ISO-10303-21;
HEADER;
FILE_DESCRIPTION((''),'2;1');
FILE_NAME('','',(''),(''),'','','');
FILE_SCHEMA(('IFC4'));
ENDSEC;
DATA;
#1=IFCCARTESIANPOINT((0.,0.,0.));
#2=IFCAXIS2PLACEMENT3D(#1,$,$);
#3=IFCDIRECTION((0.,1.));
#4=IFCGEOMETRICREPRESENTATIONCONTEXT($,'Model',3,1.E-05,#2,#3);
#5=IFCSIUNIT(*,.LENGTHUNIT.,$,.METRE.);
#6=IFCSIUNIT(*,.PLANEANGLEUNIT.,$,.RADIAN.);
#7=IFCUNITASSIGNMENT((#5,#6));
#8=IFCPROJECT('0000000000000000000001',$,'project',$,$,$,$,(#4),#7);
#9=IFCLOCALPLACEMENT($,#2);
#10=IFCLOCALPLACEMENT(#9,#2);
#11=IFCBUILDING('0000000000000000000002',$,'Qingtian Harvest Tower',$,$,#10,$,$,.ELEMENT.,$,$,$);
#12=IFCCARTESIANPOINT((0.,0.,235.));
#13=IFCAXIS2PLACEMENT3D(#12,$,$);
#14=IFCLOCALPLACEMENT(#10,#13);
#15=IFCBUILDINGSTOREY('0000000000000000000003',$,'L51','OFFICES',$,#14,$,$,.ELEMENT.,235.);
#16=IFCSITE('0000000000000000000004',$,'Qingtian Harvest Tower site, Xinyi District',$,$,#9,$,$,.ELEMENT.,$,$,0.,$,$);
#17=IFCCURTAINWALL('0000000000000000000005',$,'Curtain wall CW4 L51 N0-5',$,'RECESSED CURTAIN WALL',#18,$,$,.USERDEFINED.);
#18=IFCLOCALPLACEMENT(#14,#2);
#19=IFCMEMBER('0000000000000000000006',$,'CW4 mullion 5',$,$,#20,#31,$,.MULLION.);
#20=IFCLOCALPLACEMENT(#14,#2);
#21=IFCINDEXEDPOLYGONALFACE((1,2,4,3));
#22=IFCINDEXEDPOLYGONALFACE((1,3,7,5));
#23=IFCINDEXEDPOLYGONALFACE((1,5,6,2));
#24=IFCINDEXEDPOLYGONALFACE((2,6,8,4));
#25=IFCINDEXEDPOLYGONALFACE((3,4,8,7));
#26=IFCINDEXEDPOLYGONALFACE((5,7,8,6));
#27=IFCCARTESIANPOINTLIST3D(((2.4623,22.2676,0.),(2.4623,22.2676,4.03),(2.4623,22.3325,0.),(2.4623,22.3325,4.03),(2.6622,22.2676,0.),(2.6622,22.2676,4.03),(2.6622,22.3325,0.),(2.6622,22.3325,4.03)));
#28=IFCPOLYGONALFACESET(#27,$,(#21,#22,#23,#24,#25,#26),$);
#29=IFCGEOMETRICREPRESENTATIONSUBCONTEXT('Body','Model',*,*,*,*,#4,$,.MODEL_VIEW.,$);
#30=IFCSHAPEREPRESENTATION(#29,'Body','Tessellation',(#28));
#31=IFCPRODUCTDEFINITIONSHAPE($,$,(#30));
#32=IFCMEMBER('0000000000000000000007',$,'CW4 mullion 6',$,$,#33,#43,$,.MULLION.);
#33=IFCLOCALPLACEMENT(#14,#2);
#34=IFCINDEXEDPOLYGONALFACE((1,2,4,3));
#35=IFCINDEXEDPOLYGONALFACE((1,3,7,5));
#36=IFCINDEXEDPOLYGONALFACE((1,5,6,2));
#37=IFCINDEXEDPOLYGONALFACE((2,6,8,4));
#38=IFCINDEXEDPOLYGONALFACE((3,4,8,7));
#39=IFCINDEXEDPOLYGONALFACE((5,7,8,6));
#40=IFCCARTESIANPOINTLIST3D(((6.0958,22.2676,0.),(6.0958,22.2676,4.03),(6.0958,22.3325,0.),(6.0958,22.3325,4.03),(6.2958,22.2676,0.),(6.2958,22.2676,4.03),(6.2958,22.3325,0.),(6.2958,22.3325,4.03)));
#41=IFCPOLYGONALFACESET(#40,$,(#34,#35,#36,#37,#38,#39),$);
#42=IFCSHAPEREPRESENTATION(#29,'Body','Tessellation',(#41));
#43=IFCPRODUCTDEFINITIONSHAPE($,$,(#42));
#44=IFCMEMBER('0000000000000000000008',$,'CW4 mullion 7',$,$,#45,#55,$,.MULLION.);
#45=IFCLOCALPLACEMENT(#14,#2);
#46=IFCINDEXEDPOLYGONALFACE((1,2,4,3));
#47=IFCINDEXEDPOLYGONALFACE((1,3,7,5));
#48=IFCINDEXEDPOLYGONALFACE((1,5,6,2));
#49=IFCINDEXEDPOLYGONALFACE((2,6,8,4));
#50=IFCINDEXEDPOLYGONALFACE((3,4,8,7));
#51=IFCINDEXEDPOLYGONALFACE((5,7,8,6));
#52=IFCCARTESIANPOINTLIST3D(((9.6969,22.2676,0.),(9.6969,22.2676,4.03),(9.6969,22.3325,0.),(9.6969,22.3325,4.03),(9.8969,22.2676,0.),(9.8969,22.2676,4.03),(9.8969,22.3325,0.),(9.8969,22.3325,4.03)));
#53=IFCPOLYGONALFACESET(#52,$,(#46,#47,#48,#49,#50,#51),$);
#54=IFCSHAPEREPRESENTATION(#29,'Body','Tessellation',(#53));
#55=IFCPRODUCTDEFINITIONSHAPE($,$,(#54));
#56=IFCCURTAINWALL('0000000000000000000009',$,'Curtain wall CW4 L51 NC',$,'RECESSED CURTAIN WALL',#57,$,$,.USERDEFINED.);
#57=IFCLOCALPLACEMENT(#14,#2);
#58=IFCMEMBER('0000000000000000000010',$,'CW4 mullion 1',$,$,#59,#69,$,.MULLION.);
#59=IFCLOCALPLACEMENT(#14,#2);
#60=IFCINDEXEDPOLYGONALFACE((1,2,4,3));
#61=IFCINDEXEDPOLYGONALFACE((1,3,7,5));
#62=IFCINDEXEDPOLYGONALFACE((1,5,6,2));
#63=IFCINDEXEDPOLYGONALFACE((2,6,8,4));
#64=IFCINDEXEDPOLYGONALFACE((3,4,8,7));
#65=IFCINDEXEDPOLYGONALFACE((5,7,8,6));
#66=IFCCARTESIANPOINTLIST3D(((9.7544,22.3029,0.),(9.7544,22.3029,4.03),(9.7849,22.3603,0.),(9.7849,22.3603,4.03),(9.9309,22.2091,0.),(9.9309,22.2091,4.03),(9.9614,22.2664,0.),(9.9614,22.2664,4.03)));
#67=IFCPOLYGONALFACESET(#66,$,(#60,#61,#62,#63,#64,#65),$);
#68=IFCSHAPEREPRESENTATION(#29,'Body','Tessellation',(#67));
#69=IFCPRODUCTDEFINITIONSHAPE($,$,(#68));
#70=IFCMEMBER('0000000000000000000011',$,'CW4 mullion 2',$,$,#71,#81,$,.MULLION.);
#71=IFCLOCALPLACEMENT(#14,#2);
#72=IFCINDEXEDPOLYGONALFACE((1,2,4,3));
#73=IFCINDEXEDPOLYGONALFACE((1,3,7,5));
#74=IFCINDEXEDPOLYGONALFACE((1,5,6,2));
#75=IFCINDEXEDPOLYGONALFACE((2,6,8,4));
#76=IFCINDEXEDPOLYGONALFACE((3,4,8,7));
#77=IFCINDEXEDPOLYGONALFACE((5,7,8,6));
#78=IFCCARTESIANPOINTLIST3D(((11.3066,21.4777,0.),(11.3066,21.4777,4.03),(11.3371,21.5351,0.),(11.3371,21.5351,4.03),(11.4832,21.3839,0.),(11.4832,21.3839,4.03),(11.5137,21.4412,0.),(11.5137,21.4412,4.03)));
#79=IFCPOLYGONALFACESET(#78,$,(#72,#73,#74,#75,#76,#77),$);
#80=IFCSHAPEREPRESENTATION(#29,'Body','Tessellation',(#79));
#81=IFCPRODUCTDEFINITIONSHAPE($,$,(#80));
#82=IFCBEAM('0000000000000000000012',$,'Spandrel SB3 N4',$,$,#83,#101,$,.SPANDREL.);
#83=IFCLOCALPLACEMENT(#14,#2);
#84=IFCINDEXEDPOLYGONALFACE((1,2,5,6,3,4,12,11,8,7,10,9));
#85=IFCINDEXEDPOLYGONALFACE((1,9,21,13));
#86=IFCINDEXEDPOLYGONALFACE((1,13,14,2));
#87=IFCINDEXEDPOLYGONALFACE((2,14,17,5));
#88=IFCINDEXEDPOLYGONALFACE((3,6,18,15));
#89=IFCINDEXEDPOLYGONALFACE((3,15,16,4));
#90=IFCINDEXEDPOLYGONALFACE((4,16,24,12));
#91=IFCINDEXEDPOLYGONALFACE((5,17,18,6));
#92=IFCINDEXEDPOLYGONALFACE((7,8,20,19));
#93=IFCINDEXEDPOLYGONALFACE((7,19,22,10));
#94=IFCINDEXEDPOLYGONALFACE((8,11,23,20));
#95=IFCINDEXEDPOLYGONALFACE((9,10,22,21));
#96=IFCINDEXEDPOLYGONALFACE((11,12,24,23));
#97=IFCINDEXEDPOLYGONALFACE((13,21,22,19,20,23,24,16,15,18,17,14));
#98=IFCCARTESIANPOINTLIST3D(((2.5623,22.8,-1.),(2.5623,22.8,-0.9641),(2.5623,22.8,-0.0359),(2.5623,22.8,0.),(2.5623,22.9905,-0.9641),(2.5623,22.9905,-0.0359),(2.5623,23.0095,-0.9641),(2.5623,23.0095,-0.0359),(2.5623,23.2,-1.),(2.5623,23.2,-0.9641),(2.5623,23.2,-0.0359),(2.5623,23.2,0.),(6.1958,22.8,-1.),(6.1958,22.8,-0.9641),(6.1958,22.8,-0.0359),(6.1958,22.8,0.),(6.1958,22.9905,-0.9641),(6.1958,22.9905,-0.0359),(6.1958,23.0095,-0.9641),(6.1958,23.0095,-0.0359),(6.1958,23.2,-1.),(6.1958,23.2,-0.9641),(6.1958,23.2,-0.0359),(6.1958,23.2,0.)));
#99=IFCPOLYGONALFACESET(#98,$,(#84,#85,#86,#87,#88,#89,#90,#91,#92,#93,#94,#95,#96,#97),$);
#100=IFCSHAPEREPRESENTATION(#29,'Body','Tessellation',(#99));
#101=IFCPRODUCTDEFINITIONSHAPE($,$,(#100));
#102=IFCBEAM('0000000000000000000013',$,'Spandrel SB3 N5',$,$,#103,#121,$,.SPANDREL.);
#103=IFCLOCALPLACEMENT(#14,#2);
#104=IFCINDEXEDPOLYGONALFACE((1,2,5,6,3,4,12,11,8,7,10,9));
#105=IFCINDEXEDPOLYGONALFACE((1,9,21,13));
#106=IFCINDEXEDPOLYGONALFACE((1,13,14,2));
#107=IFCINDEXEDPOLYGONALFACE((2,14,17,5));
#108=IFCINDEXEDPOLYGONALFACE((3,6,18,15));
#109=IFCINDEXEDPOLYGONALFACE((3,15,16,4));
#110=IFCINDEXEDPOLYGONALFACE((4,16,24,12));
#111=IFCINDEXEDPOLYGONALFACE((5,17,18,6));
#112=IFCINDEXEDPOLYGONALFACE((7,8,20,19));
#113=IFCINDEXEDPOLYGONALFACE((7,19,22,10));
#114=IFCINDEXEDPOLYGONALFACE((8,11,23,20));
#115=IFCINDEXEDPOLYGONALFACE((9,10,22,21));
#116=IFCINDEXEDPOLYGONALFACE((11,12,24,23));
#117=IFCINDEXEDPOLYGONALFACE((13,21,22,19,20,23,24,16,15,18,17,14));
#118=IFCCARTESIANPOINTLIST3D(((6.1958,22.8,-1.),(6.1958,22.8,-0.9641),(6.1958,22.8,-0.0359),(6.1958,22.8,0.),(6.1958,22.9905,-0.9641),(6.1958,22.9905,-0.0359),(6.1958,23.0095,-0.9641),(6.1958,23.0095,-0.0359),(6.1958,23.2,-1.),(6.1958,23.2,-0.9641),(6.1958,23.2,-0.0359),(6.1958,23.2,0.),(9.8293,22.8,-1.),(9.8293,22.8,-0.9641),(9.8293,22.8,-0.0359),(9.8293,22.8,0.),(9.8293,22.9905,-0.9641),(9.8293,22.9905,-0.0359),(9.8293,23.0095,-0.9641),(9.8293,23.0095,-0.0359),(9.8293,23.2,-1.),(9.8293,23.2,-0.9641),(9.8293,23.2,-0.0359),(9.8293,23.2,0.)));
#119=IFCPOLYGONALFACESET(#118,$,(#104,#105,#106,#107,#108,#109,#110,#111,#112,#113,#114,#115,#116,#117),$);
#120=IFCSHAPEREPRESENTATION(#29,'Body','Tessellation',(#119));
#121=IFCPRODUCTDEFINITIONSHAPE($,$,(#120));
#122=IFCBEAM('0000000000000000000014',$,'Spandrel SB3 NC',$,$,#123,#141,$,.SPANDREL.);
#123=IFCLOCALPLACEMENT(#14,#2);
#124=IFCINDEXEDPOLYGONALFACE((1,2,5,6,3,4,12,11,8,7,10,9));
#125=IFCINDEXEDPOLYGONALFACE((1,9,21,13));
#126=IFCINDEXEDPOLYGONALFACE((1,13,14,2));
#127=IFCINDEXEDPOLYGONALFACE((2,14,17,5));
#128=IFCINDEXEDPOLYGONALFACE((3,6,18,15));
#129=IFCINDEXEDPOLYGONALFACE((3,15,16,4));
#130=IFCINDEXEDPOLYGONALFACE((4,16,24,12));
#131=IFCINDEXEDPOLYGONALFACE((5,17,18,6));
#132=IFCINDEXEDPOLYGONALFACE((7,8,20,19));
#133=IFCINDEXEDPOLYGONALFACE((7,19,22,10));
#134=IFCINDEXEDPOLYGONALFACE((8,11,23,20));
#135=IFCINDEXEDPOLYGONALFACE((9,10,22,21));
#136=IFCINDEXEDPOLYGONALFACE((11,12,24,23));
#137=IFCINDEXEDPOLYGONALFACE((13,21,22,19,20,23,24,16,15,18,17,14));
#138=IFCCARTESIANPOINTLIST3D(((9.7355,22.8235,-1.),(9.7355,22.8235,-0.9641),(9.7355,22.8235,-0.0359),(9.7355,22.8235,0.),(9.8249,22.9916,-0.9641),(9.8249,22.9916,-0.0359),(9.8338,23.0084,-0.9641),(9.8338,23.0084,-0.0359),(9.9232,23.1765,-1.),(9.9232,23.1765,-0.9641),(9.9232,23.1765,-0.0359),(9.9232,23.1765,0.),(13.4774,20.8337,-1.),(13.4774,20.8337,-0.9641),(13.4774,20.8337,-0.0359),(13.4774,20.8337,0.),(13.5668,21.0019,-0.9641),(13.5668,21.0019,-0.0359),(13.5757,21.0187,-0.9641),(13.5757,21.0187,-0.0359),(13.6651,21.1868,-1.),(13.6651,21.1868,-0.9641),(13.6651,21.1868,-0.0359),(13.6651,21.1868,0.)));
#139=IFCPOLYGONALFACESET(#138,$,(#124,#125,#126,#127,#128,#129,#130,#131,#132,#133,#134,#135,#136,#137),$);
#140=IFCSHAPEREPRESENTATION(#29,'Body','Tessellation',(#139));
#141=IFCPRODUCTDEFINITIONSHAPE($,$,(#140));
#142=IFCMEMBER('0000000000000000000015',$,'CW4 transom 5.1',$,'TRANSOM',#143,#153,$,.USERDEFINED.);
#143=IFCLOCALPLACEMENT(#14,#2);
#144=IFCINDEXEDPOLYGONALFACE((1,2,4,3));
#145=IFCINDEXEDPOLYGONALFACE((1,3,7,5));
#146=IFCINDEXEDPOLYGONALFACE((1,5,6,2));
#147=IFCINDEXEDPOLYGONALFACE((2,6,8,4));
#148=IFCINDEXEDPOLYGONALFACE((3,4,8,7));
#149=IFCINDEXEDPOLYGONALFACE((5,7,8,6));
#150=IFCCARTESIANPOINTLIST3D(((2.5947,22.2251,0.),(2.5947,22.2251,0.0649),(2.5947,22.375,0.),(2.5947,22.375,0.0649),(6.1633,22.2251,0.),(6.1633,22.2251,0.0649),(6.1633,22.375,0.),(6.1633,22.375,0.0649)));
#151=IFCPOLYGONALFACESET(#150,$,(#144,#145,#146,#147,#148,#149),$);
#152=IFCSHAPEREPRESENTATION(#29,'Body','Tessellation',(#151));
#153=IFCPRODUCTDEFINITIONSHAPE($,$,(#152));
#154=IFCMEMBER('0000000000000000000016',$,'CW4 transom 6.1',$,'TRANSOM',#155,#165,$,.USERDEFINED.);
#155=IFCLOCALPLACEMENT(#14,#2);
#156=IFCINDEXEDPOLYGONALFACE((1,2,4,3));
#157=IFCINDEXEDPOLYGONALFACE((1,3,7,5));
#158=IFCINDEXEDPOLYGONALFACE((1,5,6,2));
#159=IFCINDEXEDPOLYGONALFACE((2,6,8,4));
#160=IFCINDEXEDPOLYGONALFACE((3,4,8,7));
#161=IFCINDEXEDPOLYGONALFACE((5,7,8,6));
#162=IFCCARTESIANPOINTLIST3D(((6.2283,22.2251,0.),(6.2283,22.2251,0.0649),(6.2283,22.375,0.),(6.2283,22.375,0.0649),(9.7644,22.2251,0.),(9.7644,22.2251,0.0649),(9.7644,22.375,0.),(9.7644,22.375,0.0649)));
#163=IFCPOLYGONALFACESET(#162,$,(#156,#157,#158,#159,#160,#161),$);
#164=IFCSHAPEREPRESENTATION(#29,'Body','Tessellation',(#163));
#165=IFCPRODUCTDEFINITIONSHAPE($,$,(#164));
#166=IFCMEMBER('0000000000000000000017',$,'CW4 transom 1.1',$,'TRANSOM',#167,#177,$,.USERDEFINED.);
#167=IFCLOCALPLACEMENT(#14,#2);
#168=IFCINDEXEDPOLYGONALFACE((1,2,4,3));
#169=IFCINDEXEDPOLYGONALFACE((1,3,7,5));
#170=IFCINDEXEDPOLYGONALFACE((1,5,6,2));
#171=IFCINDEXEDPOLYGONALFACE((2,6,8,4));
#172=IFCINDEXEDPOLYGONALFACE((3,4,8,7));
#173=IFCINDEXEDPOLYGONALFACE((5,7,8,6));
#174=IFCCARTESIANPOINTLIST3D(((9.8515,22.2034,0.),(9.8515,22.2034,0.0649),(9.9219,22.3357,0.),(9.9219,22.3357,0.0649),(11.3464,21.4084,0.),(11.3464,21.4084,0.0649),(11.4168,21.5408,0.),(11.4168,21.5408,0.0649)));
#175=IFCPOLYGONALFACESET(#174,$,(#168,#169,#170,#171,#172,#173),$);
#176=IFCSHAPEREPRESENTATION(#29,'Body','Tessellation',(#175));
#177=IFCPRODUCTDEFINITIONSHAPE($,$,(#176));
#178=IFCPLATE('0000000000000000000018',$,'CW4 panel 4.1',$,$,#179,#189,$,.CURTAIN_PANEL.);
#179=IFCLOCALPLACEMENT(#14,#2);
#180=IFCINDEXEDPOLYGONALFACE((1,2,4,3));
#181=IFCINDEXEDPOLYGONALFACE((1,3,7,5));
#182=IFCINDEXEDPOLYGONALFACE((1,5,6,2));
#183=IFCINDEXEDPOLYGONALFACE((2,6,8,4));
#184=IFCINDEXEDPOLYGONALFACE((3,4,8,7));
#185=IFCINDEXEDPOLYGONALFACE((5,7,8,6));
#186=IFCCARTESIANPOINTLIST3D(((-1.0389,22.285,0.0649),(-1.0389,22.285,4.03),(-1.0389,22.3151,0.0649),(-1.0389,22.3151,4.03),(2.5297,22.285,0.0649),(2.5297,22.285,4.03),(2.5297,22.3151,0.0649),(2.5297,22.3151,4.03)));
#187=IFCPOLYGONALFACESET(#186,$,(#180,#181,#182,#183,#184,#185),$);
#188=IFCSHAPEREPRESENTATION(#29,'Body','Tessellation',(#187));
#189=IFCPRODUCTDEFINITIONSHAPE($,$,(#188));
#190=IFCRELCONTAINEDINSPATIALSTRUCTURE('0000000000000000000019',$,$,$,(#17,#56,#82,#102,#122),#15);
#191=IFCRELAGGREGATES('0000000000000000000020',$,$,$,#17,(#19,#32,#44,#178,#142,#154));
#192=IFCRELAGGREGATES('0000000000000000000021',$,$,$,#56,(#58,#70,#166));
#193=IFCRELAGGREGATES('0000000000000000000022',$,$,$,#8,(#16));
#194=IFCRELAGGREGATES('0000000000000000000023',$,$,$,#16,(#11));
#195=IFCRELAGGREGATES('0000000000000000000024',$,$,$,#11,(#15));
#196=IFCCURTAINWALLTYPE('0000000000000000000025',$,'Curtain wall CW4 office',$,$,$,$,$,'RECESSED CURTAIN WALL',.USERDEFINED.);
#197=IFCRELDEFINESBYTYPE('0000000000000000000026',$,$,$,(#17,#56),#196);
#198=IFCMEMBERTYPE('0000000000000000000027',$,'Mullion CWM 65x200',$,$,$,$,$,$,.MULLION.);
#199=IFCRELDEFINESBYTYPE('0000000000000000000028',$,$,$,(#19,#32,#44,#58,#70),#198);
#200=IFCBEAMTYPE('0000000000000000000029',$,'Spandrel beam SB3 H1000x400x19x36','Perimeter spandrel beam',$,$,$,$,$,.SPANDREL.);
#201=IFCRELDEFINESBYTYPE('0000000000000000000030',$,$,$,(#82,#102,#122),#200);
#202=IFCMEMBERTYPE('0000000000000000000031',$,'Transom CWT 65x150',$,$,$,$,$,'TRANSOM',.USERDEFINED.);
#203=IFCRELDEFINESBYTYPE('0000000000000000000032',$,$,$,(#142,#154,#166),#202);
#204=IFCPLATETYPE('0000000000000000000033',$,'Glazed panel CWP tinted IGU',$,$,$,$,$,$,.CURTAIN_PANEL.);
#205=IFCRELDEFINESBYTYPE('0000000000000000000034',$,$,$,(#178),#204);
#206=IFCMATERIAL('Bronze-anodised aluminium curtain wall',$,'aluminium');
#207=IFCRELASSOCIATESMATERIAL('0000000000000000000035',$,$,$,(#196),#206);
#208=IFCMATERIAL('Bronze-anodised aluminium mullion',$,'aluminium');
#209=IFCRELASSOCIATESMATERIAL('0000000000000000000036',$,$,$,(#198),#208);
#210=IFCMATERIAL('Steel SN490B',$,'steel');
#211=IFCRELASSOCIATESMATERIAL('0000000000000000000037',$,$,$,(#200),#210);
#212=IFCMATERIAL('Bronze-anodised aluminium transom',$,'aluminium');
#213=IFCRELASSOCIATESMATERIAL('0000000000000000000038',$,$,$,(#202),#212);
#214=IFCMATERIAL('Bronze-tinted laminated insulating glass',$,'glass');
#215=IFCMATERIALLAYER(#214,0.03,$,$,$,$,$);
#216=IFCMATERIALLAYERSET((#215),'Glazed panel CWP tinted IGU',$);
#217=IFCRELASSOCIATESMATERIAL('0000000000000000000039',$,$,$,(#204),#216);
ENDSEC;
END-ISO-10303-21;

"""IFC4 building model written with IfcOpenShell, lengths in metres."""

from ifc_helpers import new_model, si_unit, direction, frame, origin, origin_2d, place, context, subcontext, project, spatial, rectangle, i_section, extrude, material, layer, layer_set, material_profile, profile_set, type_object, element, aggregate, save


model = new_model("IFC4")

# Units and contexts
model_context = context("Model", 3, precision=1e-05, world=origin(), true_north=direction((0.0, 1.0)))
body_context = subcontext(model_context, "Body", "Model", "MODEL_VIEW")
ifc_project = project(units=[si_unit("LENGTHUNIT", "METRE"), si_unit("PLANEANGLEUNIT", "RADIAN")], contexts=[model_context])

# Site, building, storey
site_placement = place(None, origin())
site = spatial("IfcSite", under=ifc_project, at=site_placement, Name="Qingtian Harvest Tower site, Xinyi District", CompositionType="ELEMENT", RefElevation=0.0)
building_placement = place(site_placement, origin())
building = spatial("IfcBuilding", under=site, at=building_placement, Name="Qingtian Harvest Tower", CompositionType="ELEMENT")
storey_placement = place(building_placement, frame((0.0, 0.0, 235.0)))
storey = spatial("IfcBuildingStorey", under=building, at=storey_placement, Name="L51", Description="OFFICES", CompositionType="ELEMENT", Elevation=235.0)

# Curtain walls, members
ifc_material_1 = material(Name="Bronze-anodised aluminium curtain wall", Category="aluminium")
curtain_wall_type = type_object("IfcCurtainWallType", Name="Curtain wall CW4 office", ElementType="RECESSED CURTAIN WALL", PredefinedType="USERDEFINED", material=ifc_material_1)
curtain_wall_1_placement = place(storey_placement, origin())
curtain_wall_1 = element("IfcCurtainWall", 1, at=curtain_wall_1_placement, inside=storey, type_object=curtain_wall_type, Name="Curtain wall CW4 L51 N0-5", ObjectType="RECESSED CURTAIN WALL", PredefinedType="USERDEFINED")
ifc_material_2 = material(Name="Bronze-anodised aluminium mullion", Category="aluminium")
ifc_material_profile_1 = material_profile(ifc_material_2, rectangle(XDim=0.0649, YDim=0.2, at=origin_2d()), Name="AL 65x200")
ifc_profile_set_1 = profile_set([ifc_material_profile_1], Name="Bronze-anodised aluminium mullion")
member_type_1 = type_object("IfcMemberType", Name="Mullion CWM 65x200", PredefinedType="MULLION", material=ifc_profile_set_1)
member_1_placement = place(storey_placement, frame((2.5623, 22.3, 0.0), z_axis=(0.0, 0.0, 1.0), x_axis=(0.0, 1.0, 0.0)))
member_1 = element("IfcMember", 2, at=member_1_placement, type_object=member_type_1, Name="CW4 mullion 5", PredefinedType="MULLION", context=body_context, shape_type="SweptSolid", body=[
    extrude(rectangle(XDim=0.0649, YDim=0.2, at=origin_2d()), origin(), (0.0, 0.0, 1.0), 4.03),
])
member_2_placement = place(storey_placement, frame((6.1958, 22.3, 0.0), z_axis=(0.0, 0.0, 1.0), x_axis=(0.0, 1.0, 0.0)))
member_2 = element("IfcMember", 3, at=member_2_placement, type_object=member_type_1, Name="CW4 mullion 6", PredefinedType="MULLION", context=body_context, shape_type="SweptSolid", body=[
    extrude(rectangle(XDim=0.0649, YDim=0.2, at=origin_2d()), origin(), (0.0, 0.0, 1.0), 4.03),
])
member_3_placement = place(storey_placement, frame((9.7969, 22.3, 0.0), z_axis=(0.0, 0.0, 1.0), x_axis=(0.0, 1.0, 0.0)))
member_3 = element("IfcMember", 4, at=member_3_placement, type_object=member_type_1, Name="CW4 mullion 7", PredefinedType="MULLION", context=body_context, shape_type="SweptSolid", body=[
    extrude(rectangle(XDim=0.0649, YDim=0.2, at=origin_2d()), origin(), (0.0, 0.0, 1.0), 4.03),
])
curtain_wall_2_placement = place(storey_placement, origin())
curtain_wall_2 = element("IfcCurtainWall", 5, at=curtain_wall_2_placement, inside=storey, type_object=curtain_wall_type, Name="Curtain wall CW4 L51 NC", ObjectType="RECESSED CURTAIN WALL", PredefinedType="USERDEFINED")
member_4_placement = place(storey_placement, frame((9.8579, 22.2847, 0.0), z_axis=(0.0, 0.0, 1.0), x_axis=(0.469472, 0.882948, 0.0)))
member_4 = element("IfcMember", 6, at=member_4_placement, type_object=member_type_1, Name="CW4 mullion 1", PredefinedType="MULLION", context=body_context, shape_type="SweptSolid", body=[
    extrude(rectangle(XDim=0.0649, YDim=0.2, at=origin_2d()), origin(), (0.0, 0.0, 1.0), 4.03),
])
member_5_placement = place(storey_placement, frame((11.4102, 21.4595, 0.0), z_axis=(0.0, 0.0, 1.0), x_axis=(0.469472, 0.882948, 0.0)))
member_5 = element("IfcMember", 7, at=member_5_placement, type_object=member_type_1, Name="CW4 mullion 2", PredefinedType="MULLION", context=body_context, shape_type="SweptSolid", body=[
    extrude(rectangle(XDim=0.0649, YDim=0.2, at=origin_2d()), origin(), (0.0, 0.0, 1.0), 4.03),
])

# Beams
ifc_material_3 = material(Name="Steel SN490B", Category="steel")
ifc_material_profile_2 = material_profile(ifc_material_3, i_section(OverallWidth=0.3999, OverallDepth=1.0, WebThickness=0.019, FlangeThickness=0.0359, at=origin_2d()), Name="H1000x400x19x36")
ifc_profile_set_2 = profile_set([ifc_material_profile_2], Name="Steel SN490B")
beam_type_1 = type_object("IfcBeamType", Name="Spandrel beam SB3 H1000x400x19x36", Description="Perimeter spandrel beam", PredefinedType="SPANDREL", material=ifc_profile_set_2)
for number, where, z_axis, x_axis, name in (
    (8, (2.5623, 23.0, -0.5), (1.0, 0.0, 0.0), (0.0, 1.0, 0.0), "Spandrel SB3 N4"),
    (9, (6.1958, 23.0, -0.5), (1.0, 0.0, 0.0), (0.0, 1.0, 0.0), "Spandrel SB3 N5"),
):
    element("IfcBeam", number, at=place(storey_placement, frame(where, z_axis=z_axis, x_axis=x_axis)), inside=storey, type_object=beam_type_1, Name=name, PredefinedType="SPANDREL", context=body_context, shape_type="SweptSolid", body=[
        extrude(i_section(OverallWidth=0.3999, OverallDepth=1.0, WebThickness=0.019, FlangeThickness=0.0359, at=origin_2d()), origin(), (0.0, 0.0, 1.0), 3.6335),
    ])
beam_1_placement = place(storey_placement, frame((9.8293, 23.0, -0.5), z_axis=(0.882936, -0.469494, 0.0), x_axis=(0.469494, 0.882936, 0.0)))
element("IfcBeam", 10, at=beam_1_placement, inside=storey, type_object=beam_type_1, Name="Spandrel SB3 NC", PredefinedType="SPANDREL", context=body_context, shape_type="SweptSolid", body=[
    extrude(i_section(OverallWidth=0.3999, OverallDepth=1.0, WebThickness=0.019, FlangeThickness=0.0359, at=origin_2d()), origin(), (0.0, 0.0, 1.0), 4.238),
])

# Members
ifc_material_4 = material(Name="Bronze-anodised aluminium transom", Category="aluminium")
ifc_material_profile_3 = material_profile(ifc_material_4, rectangle(XDim=0.1499, YDim=0.0649, at=origin_2d()), Name="AL 65x150")
ifc_profile_set_3 = profile_set([ifc_material_profile_3], Name="Bronze-anodised aluminium transom")
member_type_2 = type_object("IfcMemberType", Name="Transom CWT 65x150", ElementType="TRANSOM", PredefinedType="USERDEFINED", material=ifc_profile_set_3)
member_6_placement = place(storey_placement, frame((2.5947, 22.3, 0.0325), z_axis=(1.0, 0.0, 0.0), x_axis=(0.0, 1.0, 0.0)))
member_6 = element("IfcMember", 11, at=member_6_placement, type_object=member_type_2, Name="CW4 transom 5.1", ObjectType="TRANSOM", PredefinedType="USERDEFINED", context=body_context, shape_type="SweptSolid", body=[
    extrude(rectangle(XDim=0.1499, YDim=0.0649, at=origin_2d()), origin(), (0.0, 0.0, 1.0), 3.5686),
])
member_7_placement = place(storey_placement, frame((6.2283, 22.3, 0.0325), z_axis=(1.0, 0.0, 0.0), x_axis=(0.0, 1.0, 0.0)))
member_7 = element("IfcMember", 12, at=member_7_placement, type_object=member_type_2, Name="CW4 transom 6.1", ObjectType="TRANSOM", PredefinedType="USERDEFINED", context=body_context, shape_type="SweptSolid", body=[
    extrude(rectangle(XDim=0.1499, YDim=0.0649, at=origin_2d()), origin(), (0.0, 0.0, 1.0), 3.5361),
])
member_8_placement = place(storey_placement, frame((9.8867, 22.2695, 0.0325), z_axis=(0.882927, -0.46951, 0.0), x_axis=(0.46951, 0.882927, 0.0)))
member_8 = element("IfcMember", 13, at=member_8_placement, type_object=member_type_2, Name="CW4 transom 1.1", ObjectType="TRANSOM", PredefinedType="USERDEFINED", context=body_context, shape_type="SweptSolid", body=[
    extrude(rectangle(XDim=0.1499, YDim=0.0649, at=origin_2d()), origin(), (0.0, 0.0, 1.0), 1.6931),
])

# Plate
ifc_material_5 = material(Name="Bronze-tinted laminated insulating glass", Category="glass")
ifc_layer_1 = layer(ifc_material_5, 0.03)
ifc_layer_set_1 = layer_set([ifc_layer_1], Name="Glazed panel CWP tinted IGU")
plate_type = type_object("IfcPlateType", Name="Glazed panel CWP tinted IGU", PredefinedType="CURTAIN_PANEL", material=ifc_layer_set_1)
plate_1_placement = place(storey_placement, frame((0.7454, 22.3, 0.0649), z_axis=(0.0, 0.0, 1.0), x_axis=(1.0, 0.0, 0.0)))
plate_1 = element("IfcPlate", 14, at=plate_1_placement, type_object=plate_type, Name="CW4 panel 4.1", PredefinedType="CURTAIN_PANEL", context=body_context, shape_type="SweptSolid", body=[
    extrude(rectangle(XDim=3.5686, YDim=0.03, at=origin_2d()), origin(), (0.0, 0.0, 1.0), 3.9651),
])
aggregate(curtain_wall_1, [member_1, member_2, member_3, plate_1, member_6, member_7])
aggregate(curtain_wall_2, [member_4, member_5, member_8])

save(model, "model.ifc")
